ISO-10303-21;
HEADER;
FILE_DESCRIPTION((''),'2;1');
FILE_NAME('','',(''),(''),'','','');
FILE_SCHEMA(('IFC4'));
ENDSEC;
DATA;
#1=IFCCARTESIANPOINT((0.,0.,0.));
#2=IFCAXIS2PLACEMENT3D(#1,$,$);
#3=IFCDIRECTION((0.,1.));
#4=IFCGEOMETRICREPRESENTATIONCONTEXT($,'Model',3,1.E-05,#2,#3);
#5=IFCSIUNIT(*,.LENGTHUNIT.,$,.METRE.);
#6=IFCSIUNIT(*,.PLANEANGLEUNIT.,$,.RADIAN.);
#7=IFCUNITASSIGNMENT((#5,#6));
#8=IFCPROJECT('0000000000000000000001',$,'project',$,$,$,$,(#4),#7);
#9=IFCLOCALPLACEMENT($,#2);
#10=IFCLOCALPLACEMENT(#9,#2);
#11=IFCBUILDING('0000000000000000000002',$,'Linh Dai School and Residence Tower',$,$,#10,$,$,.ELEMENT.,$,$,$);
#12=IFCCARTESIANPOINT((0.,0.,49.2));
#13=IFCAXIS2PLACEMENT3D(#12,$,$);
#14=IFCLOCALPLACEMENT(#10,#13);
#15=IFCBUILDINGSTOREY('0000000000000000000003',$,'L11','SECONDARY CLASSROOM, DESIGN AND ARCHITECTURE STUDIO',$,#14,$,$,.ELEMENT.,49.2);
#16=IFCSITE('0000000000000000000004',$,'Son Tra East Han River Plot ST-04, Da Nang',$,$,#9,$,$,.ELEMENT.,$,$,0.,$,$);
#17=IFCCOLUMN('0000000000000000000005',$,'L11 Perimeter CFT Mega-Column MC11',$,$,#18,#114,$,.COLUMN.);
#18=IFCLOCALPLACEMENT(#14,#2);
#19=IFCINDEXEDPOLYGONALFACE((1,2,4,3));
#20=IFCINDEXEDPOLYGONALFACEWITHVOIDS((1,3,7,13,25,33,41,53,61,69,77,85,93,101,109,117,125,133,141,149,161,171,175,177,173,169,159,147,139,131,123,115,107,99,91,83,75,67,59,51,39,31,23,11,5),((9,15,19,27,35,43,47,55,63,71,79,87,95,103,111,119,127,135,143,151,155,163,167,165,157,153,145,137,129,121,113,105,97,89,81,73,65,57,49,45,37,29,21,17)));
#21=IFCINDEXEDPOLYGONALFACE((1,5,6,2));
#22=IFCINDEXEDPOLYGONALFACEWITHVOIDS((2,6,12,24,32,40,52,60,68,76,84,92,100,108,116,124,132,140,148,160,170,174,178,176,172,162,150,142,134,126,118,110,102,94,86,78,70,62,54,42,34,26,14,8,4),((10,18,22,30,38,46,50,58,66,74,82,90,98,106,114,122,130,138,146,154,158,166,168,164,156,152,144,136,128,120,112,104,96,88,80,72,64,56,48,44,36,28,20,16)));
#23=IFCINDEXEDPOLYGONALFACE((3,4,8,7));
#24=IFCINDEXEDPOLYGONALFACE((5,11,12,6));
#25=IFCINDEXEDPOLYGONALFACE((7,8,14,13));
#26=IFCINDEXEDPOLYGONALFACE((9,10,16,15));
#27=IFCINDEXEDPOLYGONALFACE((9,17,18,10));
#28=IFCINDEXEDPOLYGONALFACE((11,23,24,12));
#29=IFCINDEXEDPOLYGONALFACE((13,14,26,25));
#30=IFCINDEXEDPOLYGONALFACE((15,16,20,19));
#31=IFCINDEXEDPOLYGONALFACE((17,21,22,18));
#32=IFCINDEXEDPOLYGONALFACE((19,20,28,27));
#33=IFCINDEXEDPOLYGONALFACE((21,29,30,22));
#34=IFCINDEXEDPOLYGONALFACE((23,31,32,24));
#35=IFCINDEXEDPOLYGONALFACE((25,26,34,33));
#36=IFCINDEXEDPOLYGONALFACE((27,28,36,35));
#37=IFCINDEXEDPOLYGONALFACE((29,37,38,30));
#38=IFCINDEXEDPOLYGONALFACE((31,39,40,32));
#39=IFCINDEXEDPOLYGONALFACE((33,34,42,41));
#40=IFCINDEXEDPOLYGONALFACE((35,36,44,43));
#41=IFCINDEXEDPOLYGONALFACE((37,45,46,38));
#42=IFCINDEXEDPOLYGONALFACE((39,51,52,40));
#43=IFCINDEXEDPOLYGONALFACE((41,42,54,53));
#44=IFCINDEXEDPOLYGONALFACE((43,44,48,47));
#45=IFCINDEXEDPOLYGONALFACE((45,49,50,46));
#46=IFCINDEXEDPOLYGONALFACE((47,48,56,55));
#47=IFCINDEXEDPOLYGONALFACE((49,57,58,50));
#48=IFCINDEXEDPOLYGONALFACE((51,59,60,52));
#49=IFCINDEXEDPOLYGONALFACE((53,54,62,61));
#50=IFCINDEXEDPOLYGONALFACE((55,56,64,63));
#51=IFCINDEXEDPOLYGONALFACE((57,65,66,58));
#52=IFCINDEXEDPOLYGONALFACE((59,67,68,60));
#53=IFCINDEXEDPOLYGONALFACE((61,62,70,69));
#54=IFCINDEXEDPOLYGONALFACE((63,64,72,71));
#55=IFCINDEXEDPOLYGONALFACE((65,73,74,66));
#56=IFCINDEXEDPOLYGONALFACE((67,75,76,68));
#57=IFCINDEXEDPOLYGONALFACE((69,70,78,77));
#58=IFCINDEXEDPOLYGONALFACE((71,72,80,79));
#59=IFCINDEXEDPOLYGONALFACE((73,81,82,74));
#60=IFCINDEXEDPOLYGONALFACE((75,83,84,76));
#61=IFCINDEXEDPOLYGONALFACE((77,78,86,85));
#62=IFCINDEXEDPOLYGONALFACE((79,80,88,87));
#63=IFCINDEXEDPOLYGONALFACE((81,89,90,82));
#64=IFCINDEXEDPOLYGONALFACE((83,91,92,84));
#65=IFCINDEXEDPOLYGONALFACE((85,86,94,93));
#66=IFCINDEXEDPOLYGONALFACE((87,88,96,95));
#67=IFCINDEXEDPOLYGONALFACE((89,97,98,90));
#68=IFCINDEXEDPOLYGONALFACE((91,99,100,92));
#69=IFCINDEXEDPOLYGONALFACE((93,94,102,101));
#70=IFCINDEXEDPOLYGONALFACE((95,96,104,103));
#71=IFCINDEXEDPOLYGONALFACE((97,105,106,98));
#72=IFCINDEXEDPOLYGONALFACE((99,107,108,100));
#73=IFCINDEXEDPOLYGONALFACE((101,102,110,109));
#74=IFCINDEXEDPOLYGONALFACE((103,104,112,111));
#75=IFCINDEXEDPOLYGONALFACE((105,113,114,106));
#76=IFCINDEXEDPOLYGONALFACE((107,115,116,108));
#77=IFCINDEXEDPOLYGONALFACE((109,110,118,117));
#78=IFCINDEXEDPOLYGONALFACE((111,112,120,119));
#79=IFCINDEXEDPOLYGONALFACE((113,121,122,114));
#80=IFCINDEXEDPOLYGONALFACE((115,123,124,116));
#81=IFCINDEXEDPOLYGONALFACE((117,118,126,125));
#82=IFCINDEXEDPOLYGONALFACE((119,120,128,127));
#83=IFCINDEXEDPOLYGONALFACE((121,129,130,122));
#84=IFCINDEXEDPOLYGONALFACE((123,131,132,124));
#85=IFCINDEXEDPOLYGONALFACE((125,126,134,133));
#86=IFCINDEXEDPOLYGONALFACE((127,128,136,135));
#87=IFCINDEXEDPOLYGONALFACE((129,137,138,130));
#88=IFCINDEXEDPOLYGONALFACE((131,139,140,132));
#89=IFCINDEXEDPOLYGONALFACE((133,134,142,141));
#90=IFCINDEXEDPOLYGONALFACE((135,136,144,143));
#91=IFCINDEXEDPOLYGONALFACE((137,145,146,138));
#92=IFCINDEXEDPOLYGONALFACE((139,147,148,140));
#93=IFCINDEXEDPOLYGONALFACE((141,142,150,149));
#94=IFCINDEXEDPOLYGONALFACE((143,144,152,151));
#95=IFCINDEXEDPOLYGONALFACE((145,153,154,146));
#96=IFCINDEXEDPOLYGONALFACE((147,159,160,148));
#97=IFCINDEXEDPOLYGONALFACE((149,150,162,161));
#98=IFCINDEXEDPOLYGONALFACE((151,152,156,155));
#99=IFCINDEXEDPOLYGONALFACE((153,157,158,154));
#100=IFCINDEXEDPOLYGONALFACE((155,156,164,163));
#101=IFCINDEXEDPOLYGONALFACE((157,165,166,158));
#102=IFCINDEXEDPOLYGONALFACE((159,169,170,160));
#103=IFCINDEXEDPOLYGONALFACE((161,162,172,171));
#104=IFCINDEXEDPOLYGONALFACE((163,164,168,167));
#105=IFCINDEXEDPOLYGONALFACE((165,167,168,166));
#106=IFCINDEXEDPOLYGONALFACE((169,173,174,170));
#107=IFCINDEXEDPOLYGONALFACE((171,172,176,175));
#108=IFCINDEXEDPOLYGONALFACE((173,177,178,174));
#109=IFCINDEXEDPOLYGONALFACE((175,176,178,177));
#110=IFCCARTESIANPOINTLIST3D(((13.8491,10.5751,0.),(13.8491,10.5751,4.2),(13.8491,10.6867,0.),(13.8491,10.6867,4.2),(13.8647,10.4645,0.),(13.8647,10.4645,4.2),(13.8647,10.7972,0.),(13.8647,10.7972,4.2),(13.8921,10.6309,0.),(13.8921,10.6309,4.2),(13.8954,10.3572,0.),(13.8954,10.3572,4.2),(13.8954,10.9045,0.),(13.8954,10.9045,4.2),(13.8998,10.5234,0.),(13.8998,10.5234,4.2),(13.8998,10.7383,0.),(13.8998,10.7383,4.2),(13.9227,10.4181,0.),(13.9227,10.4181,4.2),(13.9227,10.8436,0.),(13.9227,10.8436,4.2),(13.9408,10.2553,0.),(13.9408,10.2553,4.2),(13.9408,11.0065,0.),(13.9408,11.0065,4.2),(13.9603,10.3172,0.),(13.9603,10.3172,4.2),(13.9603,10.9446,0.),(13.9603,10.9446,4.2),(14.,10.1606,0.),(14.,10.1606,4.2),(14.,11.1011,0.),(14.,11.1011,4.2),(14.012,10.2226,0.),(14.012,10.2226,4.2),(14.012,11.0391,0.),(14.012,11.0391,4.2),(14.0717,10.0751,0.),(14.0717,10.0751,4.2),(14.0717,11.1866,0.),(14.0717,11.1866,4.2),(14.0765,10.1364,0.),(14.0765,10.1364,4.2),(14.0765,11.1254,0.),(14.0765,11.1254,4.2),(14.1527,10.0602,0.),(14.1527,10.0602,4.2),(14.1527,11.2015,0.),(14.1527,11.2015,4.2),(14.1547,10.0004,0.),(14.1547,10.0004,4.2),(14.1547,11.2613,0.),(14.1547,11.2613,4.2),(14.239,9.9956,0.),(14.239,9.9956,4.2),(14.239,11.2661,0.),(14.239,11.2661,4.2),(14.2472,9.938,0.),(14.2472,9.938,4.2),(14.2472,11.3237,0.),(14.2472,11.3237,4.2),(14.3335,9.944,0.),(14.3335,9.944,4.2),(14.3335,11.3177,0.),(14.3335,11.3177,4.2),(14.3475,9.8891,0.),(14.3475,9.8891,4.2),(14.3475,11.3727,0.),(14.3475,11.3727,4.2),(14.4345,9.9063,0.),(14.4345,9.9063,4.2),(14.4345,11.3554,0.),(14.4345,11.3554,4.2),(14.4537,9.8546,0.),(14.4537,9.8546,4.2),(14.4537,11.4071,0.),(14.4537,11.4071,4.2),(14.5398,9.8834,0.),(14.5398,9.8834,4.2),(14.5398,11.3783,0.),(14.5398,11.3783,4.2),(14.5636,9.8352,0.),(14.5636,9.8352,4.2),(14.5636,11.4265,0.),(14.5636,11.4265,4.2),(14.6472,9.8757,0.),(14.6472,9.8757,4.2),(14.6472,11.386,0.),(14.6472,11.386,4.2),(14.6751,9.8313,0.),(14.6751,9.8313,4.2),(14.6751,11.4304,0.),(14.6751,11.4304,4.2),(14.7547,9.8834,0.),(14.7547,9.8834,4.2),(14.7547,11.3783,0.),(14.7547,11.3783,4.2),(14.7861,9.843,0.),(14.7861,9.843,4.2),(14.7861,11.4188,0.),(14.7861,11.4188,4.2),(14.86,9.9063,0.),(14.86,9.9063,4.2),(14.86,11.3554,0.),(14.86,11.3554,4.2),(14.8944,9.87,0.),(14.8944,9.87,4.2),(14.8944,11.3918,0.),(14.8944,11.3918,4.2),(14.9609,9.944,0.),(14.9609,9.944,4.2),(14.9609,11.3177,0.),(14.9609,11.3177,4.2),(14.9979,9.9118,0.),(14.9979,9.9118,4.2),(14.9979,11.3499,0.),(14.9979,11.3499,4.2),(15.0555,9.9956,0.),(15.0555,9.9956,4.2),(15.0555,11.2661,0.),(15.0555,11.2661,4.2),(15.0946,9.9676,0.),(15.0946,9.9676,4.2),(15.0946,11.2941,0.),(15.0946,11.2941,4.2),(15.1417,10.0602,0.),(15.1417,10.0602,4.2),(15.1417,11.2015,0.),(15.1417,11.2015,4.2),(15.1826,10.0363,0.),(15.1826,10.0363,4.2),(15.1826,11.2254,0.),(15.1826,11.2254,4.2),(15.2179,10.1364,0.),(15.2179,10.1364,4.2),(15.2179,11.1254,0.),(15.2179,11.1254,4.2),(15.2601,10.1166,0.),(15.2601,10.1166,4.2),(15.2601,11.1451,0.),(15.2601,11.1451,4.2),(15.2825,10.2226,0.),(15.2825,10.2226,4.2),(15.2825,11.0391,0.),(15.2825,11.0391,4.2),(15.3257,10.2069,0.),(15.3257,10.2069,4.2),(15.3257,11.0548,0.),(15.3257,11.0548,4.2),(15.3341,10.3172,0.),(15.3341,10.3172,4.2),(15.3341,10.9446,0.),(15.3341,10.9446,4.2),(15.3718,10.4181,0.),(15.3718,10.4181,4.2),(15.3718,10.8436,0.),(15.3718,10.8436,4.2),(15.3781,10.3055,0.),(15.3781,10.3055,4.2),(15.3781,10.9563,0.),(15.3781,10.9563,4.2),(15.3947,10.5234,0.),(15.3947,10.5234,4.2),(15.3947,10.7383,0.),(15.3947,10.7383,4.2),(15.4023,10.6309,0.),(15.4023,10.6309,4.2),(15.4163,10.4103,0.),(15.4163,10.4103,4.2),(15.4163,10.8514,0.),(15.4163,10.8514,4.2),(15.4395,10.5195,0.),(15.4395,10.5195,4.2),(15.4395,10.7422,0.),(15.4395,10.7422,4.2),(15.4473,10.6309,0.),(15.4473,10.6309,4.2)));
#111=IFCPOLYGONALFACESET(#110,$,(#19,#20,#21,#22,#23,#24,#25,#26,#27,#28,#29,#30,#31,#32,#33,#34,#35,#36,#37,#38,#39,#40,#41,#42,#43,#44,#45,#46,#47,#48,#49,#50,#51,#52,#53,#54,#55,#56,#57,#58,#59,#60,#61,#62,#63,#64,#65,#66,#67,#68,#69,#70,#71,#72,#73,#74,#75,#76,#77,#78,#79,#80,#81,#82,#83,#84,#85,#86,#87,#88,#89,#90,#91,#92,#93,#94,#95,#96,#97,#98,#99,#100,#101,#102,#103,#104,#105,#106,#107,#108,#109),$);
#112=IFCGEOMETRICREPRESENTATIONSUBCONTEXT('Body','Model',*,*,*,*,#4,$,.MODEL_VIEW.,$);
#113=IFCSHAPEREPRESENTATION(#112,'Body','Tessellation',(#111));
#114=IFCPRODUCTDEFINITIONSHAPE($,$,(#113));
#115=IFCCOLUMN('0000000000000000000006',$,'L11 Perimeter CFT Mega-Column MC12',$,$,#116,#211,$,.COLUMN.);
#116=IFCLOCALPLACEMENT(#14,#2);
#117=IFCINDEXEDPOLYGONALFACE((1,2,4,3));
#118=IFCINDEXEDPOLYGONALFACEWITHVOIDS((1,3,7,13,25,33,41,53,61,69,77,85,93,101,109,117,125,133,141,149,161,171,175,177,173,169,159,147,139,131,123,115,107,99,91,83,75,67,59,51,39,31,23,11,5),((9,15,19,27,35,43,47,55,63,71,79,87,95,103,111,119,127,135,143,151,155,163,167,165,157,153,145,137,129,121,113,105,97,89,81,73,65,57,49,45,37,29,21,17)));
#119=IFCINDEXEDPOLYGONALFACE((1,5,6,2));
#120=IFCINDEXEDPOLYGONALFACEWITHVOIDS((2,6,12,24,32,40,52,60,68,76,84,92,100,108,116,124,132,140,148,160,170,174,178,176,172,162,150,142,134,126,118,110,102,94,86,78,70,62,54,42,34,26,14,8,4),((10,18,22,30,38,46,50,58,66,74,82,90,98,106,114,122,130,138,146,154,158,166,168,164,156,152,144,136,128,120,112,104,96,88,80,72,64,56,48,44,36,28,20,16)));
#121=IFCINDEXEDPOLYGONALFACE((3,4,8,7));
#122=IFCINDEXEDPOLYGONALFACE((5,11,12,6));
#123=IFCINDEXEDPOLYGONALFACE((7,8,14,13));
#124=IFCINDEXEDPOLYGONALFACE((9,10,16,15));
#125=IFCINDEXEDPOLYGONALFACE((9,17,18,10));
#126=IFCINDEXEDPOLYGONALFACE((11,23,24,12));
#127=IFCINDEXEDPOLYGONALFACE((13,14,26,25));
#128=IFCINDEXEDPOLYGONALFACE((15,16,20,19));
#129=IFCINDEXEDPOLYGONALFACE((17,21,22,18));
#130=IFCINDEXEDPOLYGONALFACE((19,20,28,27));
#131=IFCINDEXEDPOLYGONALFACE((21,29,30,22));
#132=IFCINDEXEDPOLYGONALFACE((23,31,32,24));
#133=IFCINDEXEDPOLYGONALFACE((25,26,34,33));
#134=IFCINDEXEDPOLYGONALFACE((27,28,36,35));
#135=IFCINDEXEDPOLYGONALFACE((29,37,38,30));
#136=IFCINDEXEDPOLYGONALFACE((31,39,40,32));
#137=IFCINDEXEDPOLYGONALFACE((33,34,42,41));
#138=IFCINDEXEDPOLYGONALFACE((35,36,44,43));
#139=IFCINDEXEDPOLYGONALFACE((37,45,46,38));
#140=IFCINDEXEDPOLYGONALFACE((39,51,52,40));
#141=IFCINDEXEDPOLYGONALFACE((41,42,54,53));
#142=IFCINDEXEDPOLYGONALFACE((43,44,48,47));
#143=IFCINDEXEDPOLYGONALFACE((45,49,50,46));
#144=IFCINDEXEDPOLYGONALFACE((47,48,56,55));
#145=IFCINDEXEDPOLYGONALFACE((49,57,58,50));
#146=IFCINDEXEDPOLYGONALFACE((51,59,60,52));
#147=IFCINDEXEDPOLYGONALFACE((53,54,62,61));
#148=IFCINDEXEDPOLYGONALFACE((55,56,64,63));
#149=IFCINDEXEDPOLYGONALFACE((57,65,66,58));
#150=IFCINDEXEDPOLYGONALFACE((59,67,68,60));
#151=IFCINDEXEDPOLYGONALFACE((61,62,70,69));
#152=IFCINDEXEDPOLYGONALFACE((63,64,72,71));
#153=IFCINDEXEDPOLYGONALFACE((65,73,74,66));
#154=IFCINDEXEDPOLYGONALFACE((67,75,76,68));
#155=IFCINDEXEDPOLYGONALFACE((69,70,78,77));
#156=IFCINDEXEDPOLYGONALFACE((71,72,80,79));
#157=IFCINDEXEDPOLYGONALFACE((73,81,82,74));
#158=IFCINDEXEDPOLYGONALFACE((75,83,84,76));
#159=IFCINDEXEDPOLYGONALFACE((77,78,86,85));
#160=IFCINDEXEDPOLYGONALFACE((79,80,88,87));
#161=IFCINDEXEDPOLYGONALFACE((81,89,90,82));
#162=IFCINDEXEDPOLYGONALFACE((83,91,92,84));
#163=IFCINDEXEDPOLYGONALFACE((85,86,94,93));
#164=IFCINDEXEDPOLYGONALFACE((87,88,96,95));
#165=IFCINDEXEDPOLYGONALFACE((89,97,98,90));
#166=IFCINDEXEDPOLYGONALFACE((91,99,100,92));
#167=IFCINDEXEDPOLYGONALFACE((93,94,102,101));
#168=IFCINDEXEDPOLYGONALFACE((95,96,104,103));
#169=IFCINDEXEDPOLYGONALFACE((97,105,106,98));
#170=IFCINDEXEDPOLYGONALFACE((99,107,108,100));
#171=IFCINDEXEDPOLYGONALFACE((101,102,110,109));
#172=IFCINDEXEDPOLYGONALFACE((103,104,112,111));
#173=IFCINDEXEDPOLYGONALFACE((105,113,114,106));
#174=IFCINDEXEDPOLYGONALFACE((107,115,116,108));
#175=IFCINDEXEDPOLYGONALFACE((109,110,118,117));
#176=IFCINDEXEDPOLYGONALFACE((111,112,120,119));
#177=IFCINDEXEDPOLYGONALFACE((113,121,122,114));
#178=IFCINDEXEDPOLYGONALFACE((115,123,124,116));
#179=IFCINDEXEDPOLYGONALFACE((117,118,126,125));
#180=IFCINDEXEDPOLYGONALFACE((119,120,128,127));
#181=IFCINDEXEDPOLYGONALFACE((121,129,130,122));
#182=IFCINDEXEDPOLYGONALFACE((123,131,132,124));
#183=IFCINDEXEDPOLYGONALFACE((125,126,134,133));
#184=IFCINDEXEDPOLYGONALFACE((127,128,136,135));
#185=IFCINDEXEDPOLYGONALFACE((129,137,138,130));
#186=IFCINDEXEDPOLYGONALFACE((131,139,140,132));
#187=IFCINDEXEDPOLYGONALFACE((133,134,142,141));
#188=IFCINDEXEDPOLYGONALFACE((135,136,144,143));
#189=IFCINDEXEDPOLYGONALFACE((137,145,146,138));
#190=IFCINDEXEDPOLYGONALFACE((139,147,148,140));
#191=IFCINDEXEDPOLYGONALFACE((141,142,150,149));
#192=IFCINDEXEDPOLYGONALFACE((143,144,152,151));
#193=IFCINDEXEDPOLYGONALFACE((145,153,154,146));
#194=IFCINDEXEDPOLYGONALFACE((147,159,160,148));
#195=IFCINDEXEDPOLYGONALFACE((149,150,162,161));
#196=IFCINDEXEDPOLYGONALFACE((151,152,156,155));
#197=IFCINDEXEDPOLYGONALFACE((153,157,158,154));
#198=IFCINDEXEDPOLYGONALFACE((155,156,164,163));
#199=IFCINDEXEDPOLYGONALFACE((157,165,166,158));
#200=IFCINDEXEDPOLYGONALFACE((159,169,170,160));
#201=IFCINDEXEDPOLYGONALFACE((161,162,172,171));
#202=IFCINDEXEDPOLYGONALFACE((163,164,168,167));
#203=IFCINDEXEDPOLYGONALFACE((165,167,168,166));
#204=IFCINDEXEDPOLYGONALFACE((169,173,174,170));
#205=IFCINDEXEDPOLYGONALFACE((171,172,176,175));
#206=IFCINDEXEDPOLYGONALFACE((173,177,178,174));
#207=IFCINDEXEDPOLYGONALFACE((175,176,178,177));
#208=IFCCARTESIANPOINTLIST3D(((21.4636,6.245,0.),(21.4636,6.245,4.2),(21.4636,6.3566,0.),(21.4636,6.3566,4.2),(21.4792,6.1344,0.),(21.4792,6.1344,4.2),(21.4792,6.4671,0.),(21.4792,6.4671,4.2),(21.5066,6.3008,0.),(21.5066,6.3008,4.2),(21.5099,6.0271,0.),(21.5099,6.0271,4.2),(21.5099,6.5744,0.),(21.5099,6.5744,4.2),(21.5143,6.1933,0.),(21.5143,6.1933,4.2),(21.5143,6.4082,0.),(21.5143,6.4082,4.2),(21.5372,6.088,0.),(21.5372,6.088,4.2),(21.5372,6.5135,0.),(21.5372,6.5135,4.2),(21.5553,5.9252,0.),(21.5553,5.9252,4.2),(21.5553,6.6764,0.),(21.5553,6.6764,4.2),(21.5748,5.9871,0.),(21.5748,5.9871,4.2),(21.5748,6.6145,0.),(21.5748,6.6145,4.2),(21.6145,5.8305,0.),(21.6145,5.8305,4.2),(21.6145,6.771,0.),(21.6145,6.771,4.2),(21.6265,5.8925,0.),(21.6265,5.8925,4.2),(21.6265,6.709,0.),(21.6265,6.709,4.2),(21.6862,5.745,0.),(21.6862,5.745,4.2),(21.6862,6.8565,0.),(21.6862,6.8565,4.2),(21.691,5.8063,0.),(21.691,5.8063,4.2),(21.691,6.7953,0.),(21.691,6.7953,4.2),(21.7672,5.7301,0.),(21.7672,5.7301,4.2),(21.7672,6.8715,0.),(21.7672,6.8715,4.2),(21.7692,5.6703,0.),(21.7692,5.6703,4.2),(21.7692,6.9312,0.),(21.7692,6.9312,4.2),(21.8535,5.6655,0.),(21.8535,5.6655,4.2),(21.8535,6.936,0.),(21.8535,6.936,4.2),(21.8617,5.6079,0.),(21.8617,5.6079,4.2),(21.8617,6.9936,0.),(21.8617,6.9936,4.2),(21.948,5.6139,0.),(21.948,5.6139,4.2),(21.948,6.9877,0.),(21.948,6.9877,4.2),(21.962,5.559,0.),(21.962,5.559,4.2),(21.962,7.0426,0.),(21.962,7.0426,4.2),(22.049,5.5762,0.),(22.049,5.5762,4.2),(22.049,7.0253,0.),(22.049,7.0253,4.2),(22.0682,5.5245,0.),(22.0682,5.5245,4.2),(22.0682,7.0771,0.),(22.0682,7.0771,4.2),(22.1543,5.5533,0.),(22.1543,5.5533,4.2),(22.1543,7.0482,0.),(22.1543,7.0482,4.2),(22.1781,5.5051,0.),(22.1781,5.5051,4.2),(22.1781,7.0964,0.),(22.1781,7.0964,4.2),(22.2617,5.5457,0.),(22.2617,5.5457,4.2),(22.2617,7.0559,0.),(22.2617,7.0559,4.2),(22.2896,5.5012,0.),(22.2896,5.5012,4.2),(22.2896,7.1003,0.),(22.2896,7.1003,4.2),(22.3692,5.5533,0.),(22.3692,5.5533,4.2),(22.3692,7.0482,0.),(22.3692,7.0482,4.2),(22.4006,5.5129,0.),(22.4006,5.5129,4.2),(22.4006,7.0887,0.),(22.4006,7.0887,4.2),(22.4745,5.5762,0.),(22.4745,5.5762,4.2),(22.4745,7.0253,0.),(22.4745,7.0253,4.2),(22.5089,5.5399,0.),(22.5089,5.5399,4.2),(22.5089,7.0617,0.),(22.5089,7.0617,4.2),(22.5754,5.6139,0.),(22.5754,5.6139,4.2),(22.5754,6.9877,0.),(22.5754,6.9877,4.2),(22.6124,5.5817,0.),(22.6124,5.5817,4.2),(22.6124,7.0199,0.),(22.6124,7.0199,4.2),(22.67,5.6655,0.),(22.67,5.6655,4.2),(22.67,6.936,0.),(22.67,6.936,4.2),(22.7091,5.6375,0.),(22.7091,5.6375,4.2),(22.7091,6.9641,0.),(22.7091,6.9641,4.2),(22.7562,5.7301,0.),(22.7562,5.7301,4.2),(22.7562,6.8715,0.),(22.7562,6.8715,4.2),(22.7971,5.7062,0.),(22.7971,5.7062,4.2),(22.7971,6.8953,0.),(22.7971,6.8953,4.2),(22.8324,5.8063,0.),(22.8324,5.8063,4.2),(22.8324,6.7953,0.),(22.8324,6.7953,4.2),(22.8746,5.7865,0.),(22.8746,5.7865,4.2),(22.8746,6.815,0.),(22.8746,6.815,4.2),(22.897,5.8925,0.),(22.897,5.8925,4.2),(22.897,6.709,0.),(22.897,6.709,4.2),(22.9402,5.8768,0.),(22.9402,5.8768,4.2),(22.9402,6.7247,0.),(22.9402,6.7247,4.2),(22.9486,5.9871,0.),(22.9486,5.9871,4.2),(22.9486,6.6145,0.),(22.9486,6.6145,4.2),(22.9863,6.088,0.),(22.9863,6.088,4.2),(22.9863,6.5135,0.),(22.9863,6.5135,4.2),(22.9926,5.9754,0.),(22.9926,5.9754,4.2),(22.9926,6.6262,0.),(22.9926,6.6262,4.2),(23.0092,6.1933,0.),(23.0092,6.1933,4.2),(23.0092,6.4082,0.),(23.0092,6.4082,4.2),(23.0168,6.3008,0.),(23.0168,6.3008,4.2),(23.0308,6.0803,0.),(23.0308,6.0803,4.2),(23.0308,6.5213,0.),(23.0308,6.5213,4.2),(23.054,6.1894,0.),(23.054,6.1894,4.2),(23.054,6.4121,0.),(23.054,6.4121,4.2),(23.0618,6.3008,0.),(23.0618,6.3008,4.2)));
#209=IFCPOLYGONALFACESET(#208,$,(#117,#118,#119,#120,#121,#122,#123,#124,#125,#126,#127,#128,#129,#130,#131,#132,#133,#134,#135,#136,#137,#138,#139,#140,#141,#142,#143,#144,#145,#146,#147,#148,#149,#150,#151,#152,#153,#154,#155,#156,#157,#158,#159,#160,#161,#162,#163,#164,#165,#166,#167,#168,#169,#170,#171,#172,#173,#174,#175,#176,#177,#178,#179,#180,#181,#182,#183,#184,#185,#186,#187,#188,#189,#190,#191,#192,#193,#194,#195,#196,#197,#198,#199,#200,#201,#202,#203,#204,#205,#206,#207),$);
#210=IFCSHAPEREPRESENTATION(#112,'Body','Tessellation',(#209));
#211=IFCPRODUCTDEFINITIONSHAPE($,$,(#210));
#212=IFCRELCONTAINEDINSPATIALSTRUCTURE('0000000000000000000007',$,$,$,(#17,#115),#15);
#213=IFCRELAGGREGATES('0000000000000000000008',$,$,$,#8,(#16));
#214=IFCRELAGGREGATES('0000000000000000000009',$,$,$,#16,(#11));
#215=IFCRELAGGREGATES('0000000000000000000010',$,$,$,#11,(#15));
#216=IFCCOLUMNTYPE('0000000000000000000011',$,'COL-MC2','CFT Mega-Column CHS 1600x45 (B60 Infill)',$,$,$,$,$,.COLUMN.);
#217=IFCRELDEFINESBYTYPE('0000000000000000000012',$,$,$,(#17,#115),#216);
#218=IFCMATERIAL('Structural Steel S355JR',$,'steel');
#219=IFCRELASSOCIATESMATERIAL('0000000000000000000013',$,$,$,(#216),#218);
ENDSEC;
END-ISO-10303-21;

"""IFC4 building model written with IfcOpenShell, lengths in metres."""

from ifc_helpers import new_model, si_unit, direction, frame, origin, origin_2d, place, context, subcontext, project, spatial, hollow_circle, extrude, material, material_profile, profile_set, type_object, element, save


model = new_model("IFC4")

# Units and contexts
model_context = context("Model", 3, precision=1e-05, world=origin(), true_north=direction((0.0, 1.0)))
body_context = subcontext(model_context, "Body", "Model", "MODEL_VIEW")
ifc_project = project(units=[si_unit("LENGTHUNIT", "METRE"), si_unit("PLANEANGLEUNIT", "RADIAN")], contexts=[model_context])

# Site, building, storey
site_placement = place(None, origin())
site = spatial("IfcSite", under=ifc_project, at=site_placement, Name="Son Tra East Han River Plot ST-04, Da Nang", CompositionType="ELEMENT", RefElevation=0.0)
building_placement = place(site_placement, origin())
building = spatial("IfcBuilding", under=site, at=building_placement, Name="Linh Dai School and Residence Tower", CompositionType="ELEMENT")
storey_placement = place(building_placement, frame((0.0, 0.0, 49.2)))
storey = spatial("IfcBuildingStorey", under=building, at=storey_placement, Name="L11", Description="SECONDARY CLASSROOM, DESIGN AND ARCHITECTURE STUDIO", CompositionType="ELEMENT", Elevation=49.2)

# Columns
ifc_material_1 = material(Name="Structural Steel S355JR", Category="steel")
ifc_material_profile_1 = material_profile(ifc_material_1, hollow_circle(Radius=0.8, WallThickness=0.0449, at=origin_2d()), Name="CHS 1600x45")
ifc_profile_set_1 = profile_set([ifc_material_profile_1], Name="Structural Steel S355JR")
column_type = type_object("IfcColumnType", Name="COL-MC2", Description="CFT Mega-Column CHS 1600x45 (B60 Infill)", PredefinedType="COLUMN", material=ifc_profile_set_1)
for number, where, z_axis, x_axis, name in (
    (1, (14.6472, 10.6309, 0.0), (0.0, 0.0, 1.0), (1.0, 0.0, 0.0), "L11 Perimeter CFT Mega-Column MC11"),
    (2, (22.2617, 6.3008, 0.0), (0.0, 0.0, 1.0), (1.0, 0.0, 0.0), "L11 Perimeter CFT Mega-Column MC12"),
):
    element("IfcColumn", number, at=place(storey_placement, frame(where, z_axis=z_axis, x_axis=x_axis)), inside=storey, type_object=column_type, Name=name, PredefinedType="COLUMN", context=body_context, shape_type="SweptSolid", body=[
        extrude(hollow_circle(Radius=0.8, WallThickness=0.0449, at=origin_2d()), origin(), (0.0, 0.0, 1.0), 4.2),
    ])

save(model, "model.ifc")
